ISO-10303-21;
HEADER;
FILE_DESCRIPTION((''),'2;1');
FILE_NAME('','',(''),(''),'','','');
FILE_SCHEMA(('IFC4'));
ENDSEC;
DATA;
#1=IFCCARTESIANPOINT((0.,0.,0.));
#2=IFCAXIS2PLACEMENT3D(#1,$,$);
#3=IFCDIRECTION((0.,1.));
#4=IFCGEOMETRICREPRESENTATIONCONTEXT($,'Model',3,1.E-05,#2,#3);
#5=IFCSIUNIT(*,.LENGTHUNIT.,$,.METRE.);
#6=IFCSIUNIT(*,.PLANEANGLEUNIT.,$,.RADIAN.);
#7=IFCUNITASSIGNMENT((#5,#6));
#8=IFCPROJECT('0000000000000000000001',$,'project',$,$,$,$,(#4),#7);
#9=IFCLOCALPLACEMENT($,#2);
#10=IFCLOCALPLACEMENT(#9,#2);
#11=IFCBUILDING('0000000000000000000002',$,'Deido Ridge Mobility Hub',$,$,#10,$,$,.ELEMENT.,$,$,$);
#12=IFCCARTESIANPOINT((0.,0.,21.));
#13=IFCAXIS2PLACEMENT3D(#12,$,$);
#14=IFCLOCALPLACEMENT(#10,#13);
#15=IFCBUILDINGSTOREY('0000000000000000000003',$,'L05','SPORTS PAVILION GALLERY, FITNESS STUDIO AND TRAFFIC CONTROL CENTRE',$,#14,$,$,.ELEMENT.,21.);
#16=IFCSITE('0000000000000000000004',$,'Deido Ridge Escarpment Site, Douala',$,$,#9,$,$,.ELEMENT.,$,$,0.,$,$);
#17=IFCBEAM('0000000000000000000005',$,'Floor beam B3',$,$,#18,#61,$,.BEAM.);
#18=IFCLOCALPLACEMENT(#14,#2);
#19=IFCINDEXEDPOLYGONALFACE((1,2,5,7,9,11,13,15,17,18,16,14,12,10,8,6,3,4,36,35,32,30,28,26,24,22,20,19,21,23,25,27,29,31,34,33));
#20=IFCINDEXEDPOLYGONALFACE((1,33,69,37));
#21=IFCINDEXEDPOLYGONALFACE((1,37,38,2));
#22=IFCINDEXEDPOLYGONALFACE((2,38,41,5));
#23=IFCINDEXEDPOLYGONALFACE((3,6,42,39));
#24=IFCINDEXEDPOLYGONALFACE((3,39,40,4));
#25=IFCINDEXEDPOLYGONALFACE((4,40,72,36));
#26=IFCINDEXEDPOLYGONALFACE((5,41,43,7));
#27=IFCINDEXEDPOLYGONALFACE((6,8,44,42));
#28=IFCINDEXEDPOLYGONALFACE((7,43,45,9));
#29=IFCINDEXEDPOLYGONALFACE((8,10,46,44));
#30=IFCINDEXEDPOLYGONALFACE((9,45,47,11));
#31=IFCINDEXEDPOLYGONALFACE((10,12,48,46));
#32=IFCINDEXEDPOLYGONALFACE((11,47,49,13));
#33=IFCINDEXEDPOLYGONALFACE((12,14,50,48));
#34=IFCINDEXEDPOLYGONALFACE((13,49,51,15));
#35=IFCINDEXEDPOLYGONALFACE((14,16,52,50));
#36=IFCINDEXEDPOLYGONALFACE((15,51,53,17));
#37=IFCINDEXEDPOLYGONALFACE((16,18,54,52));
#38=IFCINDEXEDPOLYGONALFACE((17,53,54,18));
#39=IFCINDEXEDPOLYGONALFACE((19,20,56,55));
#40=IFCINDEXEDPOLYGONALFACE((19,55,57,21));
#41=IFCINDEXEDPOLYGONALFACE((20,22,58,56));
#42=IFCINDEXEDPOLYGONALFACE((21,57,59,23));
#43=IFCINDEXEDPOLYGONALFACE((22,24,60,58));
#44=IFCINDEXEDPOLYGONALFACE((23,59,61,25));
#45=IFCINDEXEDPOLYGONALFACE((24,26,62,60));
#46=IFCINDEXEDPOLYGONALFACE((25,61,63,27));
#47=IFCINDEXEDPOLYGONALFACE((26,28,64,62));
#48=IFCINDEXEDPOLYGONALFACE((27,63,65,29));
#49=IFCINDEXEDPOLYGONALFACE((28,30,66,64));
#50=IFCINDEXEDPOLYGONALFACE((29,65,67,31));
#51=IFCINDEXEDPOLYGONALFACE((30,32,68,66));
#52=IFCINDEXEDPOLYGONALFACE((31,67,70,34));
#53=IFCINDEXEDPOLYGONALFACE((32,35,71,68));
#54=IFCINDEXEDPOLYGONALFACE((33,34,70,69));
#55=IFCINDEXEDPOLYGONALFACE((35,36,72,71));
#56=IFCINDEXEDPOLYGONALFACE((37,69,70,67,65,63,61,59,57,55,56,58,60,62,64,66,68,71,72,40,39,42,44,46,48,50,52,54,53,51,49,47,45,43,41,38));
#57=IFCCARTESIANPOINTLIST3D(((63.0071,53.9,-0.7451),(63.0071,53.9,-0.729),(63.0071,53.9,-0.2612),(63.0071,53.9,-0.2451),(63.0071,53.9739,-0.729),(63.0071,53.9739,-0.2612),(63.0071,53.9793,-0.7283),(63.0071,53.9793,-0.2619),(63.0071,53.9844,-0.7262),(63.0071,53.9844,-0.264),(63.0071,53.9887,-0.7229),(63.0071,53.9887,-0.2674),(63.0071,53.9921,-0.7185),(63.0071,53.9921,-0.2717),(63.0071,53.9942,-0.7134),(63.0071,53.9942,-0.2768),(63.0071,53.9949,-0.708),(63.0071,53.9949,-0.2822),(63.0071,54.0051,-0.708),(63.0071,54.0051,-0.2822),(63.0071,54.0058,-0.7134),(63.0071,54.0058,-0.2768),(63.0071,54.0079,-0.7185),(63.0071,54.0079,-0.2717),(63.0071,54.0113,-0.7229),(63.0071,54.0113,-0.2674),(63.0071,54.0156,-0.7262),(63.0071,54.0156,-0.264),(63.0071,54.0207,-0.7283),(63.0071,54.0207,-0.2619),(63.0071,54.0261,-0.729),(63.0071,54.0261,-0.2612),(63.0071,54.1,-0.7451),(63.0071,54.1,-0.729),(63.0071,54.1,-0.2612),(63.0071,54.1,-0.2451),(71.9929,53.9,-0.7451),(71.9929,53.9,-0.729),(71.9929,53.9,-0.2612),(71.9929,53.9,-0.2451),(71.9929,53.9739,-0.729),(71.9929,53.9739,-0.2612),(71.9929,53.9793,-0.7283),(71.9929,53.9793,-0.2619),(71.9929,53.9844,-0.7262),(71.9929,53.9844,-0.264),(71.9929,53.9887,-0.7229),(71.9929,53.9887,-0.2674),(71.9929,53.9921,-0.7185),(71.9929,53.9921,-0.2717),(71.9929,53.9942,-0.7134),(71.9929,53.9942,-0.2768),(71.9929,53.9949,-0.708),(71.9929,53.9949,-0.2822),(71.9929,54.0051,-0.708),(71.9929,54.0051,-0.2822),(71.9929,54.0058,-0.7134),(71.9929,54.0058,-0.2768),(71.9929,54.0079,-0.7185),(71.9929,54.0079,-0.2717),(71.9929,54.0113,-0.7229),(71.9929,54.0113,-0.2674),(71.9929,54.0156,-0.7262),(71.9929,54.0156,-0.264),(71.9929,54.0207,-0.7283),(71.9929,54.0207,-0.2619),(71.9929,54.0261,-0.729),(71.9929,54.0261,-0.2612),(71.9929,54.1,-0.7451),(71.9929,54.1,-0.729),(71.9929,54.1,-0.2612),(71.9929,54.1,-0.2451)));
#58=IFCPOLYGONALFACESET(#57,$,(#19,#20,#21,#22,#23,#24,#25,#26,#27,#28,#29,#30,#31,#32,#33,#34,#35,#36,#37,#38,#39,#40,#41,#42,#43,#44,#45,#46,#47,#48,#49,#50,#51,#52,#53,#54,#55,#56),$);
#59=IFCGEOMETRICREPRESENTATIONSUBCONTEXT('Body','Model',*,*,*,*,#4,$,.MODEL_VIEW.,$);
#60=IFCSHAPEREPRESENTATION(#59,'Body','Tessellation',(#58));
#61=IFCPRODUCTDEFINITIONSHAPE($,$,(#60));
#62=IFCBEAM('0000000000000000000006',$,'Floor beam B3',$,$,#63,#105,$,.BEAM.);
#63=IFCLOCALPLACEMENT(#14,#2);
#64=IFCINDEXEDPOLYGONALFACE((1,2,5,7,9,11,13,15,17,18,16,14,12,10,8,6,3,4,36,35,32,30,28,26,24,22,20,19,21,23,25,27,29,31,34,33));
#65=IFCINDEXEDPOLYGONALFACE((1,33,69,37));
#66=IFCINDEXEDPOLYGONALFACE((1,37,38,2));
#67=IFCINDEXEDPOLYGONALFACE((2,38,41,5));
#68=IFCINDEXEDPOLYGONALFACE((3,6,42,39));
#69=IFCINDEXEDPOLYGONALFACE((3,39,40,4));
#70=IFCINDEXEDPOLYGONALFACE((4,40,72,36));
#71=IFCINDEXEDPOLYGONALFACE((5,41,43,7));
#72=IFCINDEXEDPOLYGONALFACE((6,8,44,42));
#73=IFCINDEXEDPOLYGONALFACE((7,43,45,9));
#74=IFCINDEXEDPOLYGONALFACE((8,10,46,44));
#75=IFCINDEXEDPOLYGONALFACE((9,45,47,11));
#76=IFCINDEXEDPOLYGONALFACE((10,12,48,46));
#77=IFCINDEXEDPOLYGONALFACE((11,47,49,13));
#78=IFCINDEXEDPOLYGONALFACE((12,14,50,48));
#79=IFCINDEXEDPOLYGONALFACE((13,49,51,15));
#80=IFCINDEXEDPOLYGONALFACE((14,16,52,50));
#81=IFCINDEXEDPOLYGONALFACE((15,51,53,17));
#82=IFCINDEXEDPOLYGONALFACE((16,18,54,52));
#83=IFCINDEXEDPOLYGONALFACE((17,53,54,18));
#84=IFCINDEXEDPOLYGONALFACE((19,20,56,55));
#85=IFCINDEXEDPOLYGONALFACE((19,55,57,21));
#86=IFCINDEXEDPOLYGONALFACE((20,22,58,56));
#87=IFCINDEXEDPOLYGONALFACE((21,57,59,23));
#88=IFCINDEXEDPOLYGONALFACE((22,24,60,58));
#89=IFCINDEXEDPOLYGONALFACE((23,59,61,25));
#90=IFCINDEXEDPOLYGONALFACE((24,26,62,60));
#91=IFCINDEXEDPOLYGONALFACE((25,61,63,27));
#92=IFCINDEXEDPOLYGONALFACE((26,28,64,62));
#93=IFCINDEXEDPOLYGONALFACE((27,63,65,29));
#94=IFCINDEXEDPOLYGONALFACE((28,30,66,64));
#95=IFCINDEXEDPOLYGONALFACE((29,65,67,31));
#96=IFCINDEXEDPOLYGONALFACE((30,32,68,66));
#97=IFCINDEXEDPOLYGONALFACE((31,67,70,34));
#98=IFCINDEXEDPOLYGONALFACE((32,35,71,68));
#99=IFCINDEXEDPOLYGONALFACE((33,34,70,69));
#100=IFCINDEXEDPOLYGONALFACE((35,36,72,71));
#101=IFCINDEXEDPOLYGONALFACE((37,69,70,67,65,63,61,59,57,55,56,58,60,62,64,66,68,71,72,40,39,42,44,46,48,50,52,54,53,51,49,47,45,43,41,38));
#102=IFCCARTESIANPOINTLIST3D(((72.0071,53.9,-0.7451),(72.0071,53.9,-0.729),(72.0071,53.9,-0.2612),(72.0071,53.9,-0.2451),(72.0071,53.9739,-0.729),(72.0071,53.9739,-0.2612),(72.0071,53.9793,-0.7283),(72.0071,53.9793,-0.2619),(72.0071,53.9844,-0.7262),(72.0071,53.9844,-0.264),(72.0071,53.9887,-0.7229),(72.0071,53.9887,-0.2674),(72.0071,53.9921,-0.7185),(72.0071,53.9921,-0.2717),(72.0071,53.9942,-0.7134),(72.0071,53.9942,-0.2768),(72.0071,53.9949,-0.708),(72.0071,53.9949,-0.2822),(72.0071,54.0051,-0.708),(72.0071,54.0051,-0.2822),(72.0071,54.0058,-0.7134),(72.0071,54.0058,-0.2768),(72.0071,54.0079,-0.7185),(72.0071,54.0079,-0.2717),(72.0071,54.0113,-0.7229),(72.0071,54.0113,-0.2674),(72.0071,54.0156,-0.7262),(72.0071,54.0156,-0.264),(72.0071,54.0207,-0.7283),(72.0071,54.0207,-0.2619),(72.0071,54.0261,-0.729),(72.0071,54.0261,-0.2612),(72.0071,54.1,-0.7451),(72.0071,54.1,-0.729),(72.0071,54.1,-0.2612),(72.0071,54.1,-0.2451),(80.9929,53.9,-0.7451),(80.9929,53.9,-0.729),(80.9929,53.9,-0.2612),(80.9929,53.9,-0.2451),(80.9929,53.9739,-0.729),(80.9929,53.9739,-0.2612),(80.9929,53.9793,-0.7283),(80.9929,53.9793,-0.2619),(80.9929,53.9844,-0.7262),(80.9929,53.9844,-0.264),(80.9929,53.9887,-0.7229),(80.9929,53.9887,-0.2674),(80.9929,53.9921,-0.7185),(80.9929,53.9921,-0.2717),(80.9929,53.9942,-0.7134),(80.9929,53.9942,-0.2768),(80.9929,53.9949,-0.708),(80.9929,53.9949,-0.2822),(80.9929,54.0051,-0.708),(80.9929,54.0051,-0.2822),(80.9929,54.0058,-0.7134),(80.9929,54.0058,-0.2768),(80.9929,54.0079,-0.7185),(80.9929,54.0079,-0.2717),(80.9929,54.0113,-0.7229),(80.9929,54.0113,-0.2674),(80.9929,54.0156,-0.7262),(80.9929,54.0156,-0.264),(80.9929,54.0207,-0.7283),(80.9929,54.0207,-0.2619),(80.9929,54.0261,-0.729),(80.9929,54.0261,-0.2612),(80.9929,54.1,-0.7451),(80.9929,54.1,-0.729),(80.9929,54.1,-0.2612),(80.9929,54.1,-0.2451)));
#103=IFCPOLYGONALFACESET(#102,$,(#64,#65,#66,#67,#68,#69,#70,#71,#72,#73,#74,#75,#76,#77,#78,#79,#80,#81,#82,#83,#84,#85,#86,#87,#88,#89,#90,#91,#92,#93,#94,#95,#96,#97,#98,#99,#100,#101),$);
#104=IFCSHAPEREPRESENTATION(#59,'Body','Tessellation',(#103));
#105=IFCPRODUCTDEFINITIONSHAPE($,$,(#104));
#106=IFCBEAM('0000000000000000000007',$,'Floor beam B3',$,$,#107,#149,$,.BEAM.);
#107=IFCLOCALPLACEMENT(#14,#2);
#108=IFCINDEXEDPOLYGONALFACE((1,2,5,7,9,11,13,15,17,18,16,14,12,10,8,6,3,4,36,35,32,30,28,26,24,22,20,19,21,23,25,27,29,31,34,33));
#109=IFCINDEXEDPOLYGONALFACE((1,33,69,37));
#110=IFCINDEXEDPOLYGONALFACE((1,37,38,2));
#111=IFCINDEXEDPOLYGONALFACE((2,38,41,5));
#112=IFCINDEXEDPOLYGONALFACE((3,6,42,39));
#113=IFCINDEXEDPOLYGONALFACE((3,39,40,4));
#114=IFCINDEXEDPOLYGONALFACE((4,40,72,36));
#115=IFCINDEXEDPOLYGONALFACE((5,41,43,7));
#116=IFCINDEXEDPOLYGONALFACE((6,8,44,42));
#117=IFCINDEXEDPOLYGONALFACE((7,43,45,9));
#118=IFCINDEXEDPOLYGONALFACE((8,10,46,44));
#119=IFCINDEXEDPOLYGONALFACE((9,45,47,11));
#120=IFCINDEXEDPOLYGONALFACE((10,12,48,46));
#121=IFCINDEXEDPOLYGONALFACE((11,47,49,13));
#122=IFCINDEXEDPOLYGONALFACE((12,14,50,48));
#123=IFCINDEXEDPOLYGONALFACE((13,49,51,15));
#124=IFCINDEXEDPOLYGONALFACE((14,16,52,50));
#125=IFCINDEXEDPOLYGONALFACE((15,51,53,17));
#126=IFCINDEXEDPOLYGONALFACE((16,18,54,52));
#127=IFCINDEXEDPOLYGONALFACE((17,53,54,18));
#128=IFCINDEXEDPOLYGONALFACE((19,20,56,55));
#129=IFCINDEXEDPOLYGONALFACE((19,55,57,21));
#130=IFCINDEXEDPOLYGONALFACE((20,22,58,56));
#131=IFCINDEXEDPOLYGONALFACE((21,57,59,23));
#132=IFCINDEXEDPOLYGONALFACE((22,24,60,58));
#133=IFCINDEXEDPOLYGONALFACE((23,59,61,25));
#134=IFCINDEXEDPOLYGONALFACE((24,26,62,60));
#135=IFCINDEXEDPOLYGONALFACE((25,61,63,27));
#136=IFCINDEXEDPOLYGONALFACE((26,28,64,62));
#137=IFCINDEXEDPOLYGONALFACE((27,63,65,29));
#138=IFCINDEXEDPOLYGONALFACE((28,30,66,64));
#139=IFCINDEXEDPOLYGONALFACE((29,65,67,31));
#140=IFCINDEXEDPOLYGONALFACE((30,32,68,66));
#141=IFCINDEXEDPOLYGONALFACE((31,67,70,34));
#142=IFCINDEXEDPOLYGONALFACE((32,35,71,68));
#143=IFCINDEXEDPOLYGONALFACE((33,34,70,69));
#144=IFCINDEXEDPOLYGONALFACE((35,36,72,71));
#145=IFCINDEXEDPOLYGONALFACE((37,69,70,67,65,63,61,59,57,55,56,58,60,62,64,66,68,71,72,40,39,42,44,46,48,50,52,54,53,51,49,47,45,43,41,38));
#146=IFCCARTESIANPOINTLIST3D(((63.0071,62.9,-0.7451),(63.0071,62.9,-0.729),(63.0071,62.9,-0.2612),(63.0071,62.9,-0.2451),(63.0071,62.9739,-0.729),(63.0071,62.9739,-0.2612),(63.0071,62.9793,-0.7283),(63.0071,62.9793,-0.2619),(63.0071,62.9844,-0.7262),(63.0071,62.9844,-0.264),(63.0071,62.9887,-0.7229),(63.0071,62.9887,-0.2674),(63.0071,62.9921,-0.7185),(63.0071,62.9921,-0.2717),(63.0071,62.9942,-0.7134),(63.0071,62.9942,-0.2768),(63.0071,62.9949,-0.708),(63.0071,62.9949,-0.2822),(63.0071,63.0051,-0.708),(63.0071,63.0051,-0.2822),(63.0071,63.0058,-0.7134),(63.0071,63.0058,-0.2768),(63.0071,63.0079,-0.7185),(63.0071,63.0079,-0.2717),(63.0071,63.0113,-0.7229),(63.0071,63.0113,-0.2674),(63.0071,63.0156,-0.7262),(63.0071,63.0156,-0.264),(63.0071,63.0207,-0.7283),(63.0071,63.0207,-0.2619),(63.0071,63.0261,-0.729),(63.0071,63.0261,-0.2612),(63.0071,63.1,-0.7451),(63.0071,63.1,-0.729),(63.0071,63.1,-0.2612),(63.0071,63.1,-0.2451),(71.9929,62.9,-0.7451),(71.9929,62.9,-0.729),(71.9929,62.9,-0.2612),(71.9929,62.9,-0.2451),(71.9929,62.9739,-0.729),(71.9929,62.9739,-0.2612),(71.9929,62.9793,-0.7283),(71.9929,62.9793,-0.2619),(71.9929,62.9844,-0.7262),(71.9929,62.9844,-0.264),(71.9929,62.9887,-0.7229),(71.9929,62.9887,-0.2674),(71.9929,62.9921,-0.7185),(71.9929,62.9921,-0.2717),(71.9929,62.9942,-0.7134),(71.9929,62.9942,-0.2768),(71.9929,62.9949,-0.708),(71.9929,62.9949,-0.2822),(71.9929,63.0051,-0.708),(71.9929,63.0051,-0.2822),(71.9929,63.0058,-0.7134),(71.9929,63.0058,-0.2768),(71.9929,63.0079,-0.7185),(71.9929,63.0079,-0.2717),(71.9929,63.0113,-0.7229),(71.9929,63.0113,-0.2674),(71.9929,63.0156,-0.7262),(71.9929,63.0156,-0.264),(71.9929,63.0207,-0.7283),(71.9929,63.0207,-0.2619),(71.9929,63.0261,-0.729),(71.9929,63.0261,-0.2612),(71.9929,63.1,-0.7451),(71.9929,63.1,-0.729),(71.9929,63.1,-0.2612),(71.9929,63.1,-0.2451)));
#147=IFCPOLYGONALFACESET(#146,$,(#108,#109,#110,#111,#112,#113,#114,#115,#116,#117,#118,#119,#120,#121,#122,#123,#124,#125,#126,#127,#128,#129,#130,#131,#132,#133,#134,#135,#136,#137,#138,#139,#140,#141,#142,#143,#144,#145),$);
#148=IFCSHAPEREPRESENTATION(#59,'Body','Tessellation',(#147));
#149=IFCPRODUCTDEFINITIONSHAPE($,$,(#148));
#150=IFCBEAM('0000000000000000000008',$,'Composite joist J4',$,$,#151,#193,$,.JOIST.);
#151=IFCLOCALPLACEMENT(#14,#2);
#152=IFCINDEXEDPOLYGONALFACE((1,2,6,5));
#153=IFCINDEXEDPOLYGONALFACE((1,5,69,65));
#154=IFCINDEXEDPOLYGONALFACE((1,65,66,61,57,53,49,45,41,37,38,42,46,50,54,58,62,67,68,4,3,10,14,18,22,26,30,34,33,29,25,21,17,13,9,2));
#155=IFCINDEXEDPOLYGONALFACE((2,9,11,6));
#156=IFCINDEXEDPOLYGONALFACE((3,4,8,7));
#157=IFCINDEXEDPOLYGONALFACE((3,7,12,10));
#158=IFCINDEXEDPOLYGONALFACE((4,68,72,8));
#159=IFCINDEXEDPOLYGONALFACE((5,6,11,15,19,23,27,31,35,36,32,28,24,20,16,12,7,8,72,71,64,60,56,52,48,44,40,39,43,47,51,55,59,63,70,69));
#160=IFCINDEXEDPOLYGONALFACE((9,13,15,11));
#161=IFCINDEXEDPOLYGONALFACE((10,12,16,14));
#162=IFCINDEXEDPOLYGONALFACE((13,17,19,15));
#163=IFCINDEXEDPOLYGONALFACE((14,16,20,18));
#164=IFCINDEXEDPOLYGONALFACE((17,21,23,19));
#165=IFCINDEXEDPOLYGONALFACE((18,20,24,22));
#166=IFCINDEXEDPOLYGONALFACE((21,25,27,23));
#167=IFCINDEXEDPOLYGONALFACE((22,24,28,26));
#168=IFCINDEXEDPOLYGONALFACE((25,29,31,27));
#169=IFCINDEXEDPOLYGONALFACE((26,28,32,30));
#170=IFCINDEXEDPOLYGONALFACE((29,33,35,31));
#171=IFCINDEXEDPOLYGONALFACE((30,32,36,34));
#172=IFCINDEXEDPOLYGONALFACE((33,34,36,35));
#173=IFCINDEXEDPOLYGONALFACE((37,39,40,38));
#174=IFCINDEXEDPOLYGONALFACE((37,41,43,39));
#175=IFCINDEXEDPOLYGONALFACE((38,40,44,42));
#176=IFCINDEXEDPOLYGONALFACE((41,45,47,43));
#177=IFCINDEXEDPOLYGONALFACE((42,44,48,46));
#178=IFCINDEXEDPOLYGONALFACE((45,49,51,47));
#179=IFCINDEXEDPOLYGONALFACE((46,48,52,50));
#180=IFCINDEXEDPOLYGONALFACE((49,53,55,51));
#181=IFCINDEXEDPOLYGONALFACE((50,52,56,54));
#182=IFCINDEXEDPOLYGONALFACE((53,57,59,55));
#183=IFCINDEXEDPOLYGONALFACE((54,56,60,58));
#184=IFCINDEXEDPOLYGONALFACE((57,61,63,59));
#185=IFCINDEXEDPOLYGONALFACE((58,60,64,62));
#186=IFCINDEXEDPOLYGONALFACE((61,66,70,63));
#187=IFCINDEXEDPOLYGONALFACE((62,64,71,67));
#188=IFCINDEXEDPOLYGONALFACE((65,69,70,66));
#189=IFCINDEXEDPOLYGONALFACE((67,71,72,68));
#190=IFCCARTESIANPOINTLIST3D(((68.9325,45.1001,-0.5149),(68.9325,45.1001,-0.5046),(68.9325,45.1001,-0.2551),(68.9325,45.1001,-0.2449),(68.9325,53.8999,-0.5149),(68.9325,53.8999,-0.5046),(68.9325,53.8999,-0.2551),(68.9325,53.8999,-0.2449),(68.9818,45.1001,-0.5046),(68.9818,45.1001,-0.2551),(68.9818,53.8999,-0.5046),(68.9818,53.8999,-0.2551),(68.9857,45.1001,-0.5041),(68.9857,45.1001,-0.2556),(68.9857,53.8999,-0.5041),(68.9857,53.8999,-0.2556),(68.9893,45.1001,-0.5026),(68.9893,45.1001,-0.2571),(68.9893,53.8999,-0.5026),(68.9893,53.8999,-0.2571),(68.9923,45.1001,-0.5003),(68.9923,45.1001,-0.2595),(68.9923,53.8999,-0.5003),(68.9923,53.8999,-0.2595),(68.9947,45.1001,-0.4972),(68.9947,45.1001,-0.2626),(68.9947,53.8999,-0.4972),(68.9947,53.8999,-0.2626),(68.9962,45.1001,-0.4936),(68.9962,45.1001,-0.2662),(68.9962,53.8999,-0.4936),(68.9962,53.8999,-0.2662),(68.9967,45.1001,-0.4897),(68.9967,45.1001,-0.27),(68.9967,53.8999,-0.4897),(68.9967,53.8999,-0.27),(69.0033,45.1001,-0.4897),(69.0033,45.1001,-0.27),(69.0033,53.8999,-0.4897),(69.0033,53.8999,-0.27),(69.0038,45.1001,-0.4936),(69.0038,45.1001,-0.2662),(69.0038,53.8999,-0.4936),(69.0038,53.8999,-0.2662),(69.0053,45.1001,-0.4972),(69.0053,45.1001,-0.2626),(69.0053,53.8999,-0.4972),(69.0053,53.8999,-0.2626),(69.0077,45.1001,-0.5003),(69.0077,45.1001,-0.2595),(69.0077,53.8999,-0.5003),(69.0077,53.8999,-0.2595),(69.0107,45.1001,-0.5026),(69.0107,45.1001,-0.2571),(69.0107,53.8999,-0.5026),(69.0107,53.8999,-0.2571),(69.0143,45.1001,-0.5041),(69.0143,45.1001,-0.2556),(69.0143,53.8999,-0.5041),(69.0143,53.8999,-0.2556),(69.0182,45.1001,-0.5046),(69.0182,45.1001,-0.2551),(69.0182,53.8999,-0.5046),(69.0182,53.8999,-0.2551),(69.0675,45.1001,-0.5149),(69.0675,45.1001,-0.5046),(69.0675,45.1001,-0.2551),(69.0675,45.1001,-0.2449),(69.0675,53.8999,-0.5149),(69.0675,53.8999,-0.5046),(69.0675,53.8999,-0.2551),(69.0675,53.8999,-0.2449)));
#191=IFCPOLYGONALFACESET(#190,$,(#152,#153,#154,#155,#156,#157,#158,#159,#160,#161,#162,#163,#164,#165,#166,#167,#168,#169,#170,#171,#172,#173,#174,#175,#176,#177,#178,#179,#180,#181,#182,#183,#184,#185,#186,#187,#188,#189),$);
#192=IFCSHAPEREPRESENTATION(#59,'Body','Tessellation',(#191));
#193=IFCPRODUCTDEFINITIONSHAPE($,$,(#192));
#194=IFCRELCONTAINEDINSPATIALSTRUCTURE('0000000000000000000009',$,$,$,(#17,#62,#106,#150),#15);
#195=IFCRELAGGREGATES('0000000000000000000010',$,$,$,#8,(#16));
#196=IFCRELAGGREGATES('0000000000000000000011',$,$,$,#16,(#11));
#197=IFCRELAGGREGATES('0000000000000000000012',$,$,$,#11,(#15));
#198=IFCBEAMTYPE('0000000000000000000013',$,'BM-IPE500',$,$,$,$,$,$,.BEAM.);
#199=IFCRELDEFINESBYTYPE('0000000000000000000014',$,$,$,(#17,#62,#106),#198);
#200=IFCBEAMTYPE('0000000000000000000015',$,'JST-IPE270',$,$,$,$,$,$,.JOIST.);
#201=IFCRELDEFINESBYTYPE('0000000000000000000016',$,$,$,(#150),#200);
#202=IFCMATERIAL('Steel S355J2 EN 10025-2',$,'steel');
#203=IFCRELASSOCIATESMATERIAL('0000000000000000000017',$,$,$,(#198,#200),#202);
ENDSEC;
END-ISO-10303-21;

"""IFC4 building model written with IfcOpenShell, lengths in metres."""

from ifc_helpers import new_model, si_unit, direction, frame, origin, origin_2d, place, context, subcontext, project, spatial, i_section, extrude, material, material_profile, profile_set, type_object, element, save


model = new_model("IFC4")

# Units and contexts
model_context = context("Model", 3, precision=1e-05, world=origin(), true_north=direction((0.0, 1.0)))
body_context = subcontext(model_context, "Body", "Model", "MODEL_VIEW")
ifc_project = project(units=[si_unit("LENGTHUNIT", "METRE"), si_unit("PLANEANGLEUNIT", "RADIAN")], contexts=[model_context])

# Site, building, storey
site_placement = place(None, origin())
site = spatial("IfcSite", under=ifc_project, at=site_placement, Name="Deido Ridge Escarpment Site, Douala", CompositionType="ELEMENT", RefElevation=0.0)
building_placement = place(site_placement, origin())
building = spatial("IfcBuilding", under=site, at=building_placement, Name="Deido Ridge Mobility Hub", CompositionType="ELEMENT")
storey_placement = place(building_placement, frame((0.0, 0.0, 21.0)))
storey = spatial("IfcBuildingStorey", under=building, at=storey_placement, Name="L05", Description="SPORTS PAVILION GALLERY, FITNESS STUDIO AND TRAFFIC CONTROL CENTRE", CompositionType="ELEMENT", Elevation=21.0)

# Shared definitions
ifc_material_1 = material(Name="Steel S355J2 EN 10025-2", Category="steel")

# Beams
ifc_material_profile_1 = material_profile(ifc_material_1, i_section(OverallWidth=0.2, OverallDepth=0.5, WebThickness=0.0103, FlangeThickness=0.0161, FilletRadius=0.021, at=origin_2d()), Name="IPE 500")
ifc_profile_set_1 = profile_set([ifc_material_profile_1], Name="Steel S355J2 EN 10025-2")
beam_type_1 = type_object("IfcBeamType", Name="BM-IPE500", PredefinedType="BEAM", material=ifc_profile_set_1)
for number, where, z_axis, x_axis, name in (
    (1, (63.0071, 54.0, -0.4951), (1.0, 0.0, 0.0), (0.0, 1.0, 0.0), "Floor beam B3"),
    (2, (72.0071, 54.0, -0.4951), (1.0, 0.0, 0.0), (0.0, 1.0, 0.0), "Floor beam B3"),
    (3, (63.0071, 63.0, -0.4951), (1.0, 0.0, 0.0), (0.0, 1.0, 0.0), "Floor beam B3"),
):
    element("IfcBeam", number, at=place(storey_placement, frame(where, z_axis=z_axis, x_axis=x_axis)), inside=storey, type_object=beam_type_1, Name=name, PredefinedType="BEAM", context=body_context, shape_type="SweptSolid", body=[
        extrude(i_section(OverallWidth=0.2, OverallDepth=0.5, WebThickness=0.0103, FlangeThickness=0.0161, FilletRadius=0.021, at=origin_2d()), origin(), (0.0, 0.0, 1.0), 8.9858),
    ])
ifc_material_profile_2 = material_profile(ifc_material_1, i_section(OverallWidth=0.135, OverallDepth=0.27, WebThickness=0.0066, FlangeThickness=0.0103, FilletRadius=0.0149, at=origin_2d()), Name="IPE 270")
ifc_profile_set_2 = profile_set([ifc_material_profile_2], Name="Steel S355J2 EN 10025-2")
beam_type_2 = type_object("IfcBeamType", Name="JST-IPE270", PredefinedType="JOIST", material=ifc_profile_set_2)
for number, where, z_axis, x_axis, name in (
    (4, (69.0, 45.1001, -0.3799), (0.0, 1.0, 0.0), (-1.0, 0.0, 0.0), "Composite joist J4"),
):
    element("IfcBeam", number, at=place(storey_placement, frame(where, z_axis=z_axis, x_axis=x_axis)), inside=storey, type_object=beam_type_2, Name=name, PredefinedType="JOIST", context=body_context, shape_type="SweptSolid", body=[
        extrude(i_section(OverallWidth=0.135, OverallDepth=0.27, WebThickness=0.0066, FlangeThickness=0.0103, FilletRadius=0.0149, at=origin_2d()), origin(), (0.0, 0.0, 1.0), 8.7998),
    ])

save(model, "model.ifc")
